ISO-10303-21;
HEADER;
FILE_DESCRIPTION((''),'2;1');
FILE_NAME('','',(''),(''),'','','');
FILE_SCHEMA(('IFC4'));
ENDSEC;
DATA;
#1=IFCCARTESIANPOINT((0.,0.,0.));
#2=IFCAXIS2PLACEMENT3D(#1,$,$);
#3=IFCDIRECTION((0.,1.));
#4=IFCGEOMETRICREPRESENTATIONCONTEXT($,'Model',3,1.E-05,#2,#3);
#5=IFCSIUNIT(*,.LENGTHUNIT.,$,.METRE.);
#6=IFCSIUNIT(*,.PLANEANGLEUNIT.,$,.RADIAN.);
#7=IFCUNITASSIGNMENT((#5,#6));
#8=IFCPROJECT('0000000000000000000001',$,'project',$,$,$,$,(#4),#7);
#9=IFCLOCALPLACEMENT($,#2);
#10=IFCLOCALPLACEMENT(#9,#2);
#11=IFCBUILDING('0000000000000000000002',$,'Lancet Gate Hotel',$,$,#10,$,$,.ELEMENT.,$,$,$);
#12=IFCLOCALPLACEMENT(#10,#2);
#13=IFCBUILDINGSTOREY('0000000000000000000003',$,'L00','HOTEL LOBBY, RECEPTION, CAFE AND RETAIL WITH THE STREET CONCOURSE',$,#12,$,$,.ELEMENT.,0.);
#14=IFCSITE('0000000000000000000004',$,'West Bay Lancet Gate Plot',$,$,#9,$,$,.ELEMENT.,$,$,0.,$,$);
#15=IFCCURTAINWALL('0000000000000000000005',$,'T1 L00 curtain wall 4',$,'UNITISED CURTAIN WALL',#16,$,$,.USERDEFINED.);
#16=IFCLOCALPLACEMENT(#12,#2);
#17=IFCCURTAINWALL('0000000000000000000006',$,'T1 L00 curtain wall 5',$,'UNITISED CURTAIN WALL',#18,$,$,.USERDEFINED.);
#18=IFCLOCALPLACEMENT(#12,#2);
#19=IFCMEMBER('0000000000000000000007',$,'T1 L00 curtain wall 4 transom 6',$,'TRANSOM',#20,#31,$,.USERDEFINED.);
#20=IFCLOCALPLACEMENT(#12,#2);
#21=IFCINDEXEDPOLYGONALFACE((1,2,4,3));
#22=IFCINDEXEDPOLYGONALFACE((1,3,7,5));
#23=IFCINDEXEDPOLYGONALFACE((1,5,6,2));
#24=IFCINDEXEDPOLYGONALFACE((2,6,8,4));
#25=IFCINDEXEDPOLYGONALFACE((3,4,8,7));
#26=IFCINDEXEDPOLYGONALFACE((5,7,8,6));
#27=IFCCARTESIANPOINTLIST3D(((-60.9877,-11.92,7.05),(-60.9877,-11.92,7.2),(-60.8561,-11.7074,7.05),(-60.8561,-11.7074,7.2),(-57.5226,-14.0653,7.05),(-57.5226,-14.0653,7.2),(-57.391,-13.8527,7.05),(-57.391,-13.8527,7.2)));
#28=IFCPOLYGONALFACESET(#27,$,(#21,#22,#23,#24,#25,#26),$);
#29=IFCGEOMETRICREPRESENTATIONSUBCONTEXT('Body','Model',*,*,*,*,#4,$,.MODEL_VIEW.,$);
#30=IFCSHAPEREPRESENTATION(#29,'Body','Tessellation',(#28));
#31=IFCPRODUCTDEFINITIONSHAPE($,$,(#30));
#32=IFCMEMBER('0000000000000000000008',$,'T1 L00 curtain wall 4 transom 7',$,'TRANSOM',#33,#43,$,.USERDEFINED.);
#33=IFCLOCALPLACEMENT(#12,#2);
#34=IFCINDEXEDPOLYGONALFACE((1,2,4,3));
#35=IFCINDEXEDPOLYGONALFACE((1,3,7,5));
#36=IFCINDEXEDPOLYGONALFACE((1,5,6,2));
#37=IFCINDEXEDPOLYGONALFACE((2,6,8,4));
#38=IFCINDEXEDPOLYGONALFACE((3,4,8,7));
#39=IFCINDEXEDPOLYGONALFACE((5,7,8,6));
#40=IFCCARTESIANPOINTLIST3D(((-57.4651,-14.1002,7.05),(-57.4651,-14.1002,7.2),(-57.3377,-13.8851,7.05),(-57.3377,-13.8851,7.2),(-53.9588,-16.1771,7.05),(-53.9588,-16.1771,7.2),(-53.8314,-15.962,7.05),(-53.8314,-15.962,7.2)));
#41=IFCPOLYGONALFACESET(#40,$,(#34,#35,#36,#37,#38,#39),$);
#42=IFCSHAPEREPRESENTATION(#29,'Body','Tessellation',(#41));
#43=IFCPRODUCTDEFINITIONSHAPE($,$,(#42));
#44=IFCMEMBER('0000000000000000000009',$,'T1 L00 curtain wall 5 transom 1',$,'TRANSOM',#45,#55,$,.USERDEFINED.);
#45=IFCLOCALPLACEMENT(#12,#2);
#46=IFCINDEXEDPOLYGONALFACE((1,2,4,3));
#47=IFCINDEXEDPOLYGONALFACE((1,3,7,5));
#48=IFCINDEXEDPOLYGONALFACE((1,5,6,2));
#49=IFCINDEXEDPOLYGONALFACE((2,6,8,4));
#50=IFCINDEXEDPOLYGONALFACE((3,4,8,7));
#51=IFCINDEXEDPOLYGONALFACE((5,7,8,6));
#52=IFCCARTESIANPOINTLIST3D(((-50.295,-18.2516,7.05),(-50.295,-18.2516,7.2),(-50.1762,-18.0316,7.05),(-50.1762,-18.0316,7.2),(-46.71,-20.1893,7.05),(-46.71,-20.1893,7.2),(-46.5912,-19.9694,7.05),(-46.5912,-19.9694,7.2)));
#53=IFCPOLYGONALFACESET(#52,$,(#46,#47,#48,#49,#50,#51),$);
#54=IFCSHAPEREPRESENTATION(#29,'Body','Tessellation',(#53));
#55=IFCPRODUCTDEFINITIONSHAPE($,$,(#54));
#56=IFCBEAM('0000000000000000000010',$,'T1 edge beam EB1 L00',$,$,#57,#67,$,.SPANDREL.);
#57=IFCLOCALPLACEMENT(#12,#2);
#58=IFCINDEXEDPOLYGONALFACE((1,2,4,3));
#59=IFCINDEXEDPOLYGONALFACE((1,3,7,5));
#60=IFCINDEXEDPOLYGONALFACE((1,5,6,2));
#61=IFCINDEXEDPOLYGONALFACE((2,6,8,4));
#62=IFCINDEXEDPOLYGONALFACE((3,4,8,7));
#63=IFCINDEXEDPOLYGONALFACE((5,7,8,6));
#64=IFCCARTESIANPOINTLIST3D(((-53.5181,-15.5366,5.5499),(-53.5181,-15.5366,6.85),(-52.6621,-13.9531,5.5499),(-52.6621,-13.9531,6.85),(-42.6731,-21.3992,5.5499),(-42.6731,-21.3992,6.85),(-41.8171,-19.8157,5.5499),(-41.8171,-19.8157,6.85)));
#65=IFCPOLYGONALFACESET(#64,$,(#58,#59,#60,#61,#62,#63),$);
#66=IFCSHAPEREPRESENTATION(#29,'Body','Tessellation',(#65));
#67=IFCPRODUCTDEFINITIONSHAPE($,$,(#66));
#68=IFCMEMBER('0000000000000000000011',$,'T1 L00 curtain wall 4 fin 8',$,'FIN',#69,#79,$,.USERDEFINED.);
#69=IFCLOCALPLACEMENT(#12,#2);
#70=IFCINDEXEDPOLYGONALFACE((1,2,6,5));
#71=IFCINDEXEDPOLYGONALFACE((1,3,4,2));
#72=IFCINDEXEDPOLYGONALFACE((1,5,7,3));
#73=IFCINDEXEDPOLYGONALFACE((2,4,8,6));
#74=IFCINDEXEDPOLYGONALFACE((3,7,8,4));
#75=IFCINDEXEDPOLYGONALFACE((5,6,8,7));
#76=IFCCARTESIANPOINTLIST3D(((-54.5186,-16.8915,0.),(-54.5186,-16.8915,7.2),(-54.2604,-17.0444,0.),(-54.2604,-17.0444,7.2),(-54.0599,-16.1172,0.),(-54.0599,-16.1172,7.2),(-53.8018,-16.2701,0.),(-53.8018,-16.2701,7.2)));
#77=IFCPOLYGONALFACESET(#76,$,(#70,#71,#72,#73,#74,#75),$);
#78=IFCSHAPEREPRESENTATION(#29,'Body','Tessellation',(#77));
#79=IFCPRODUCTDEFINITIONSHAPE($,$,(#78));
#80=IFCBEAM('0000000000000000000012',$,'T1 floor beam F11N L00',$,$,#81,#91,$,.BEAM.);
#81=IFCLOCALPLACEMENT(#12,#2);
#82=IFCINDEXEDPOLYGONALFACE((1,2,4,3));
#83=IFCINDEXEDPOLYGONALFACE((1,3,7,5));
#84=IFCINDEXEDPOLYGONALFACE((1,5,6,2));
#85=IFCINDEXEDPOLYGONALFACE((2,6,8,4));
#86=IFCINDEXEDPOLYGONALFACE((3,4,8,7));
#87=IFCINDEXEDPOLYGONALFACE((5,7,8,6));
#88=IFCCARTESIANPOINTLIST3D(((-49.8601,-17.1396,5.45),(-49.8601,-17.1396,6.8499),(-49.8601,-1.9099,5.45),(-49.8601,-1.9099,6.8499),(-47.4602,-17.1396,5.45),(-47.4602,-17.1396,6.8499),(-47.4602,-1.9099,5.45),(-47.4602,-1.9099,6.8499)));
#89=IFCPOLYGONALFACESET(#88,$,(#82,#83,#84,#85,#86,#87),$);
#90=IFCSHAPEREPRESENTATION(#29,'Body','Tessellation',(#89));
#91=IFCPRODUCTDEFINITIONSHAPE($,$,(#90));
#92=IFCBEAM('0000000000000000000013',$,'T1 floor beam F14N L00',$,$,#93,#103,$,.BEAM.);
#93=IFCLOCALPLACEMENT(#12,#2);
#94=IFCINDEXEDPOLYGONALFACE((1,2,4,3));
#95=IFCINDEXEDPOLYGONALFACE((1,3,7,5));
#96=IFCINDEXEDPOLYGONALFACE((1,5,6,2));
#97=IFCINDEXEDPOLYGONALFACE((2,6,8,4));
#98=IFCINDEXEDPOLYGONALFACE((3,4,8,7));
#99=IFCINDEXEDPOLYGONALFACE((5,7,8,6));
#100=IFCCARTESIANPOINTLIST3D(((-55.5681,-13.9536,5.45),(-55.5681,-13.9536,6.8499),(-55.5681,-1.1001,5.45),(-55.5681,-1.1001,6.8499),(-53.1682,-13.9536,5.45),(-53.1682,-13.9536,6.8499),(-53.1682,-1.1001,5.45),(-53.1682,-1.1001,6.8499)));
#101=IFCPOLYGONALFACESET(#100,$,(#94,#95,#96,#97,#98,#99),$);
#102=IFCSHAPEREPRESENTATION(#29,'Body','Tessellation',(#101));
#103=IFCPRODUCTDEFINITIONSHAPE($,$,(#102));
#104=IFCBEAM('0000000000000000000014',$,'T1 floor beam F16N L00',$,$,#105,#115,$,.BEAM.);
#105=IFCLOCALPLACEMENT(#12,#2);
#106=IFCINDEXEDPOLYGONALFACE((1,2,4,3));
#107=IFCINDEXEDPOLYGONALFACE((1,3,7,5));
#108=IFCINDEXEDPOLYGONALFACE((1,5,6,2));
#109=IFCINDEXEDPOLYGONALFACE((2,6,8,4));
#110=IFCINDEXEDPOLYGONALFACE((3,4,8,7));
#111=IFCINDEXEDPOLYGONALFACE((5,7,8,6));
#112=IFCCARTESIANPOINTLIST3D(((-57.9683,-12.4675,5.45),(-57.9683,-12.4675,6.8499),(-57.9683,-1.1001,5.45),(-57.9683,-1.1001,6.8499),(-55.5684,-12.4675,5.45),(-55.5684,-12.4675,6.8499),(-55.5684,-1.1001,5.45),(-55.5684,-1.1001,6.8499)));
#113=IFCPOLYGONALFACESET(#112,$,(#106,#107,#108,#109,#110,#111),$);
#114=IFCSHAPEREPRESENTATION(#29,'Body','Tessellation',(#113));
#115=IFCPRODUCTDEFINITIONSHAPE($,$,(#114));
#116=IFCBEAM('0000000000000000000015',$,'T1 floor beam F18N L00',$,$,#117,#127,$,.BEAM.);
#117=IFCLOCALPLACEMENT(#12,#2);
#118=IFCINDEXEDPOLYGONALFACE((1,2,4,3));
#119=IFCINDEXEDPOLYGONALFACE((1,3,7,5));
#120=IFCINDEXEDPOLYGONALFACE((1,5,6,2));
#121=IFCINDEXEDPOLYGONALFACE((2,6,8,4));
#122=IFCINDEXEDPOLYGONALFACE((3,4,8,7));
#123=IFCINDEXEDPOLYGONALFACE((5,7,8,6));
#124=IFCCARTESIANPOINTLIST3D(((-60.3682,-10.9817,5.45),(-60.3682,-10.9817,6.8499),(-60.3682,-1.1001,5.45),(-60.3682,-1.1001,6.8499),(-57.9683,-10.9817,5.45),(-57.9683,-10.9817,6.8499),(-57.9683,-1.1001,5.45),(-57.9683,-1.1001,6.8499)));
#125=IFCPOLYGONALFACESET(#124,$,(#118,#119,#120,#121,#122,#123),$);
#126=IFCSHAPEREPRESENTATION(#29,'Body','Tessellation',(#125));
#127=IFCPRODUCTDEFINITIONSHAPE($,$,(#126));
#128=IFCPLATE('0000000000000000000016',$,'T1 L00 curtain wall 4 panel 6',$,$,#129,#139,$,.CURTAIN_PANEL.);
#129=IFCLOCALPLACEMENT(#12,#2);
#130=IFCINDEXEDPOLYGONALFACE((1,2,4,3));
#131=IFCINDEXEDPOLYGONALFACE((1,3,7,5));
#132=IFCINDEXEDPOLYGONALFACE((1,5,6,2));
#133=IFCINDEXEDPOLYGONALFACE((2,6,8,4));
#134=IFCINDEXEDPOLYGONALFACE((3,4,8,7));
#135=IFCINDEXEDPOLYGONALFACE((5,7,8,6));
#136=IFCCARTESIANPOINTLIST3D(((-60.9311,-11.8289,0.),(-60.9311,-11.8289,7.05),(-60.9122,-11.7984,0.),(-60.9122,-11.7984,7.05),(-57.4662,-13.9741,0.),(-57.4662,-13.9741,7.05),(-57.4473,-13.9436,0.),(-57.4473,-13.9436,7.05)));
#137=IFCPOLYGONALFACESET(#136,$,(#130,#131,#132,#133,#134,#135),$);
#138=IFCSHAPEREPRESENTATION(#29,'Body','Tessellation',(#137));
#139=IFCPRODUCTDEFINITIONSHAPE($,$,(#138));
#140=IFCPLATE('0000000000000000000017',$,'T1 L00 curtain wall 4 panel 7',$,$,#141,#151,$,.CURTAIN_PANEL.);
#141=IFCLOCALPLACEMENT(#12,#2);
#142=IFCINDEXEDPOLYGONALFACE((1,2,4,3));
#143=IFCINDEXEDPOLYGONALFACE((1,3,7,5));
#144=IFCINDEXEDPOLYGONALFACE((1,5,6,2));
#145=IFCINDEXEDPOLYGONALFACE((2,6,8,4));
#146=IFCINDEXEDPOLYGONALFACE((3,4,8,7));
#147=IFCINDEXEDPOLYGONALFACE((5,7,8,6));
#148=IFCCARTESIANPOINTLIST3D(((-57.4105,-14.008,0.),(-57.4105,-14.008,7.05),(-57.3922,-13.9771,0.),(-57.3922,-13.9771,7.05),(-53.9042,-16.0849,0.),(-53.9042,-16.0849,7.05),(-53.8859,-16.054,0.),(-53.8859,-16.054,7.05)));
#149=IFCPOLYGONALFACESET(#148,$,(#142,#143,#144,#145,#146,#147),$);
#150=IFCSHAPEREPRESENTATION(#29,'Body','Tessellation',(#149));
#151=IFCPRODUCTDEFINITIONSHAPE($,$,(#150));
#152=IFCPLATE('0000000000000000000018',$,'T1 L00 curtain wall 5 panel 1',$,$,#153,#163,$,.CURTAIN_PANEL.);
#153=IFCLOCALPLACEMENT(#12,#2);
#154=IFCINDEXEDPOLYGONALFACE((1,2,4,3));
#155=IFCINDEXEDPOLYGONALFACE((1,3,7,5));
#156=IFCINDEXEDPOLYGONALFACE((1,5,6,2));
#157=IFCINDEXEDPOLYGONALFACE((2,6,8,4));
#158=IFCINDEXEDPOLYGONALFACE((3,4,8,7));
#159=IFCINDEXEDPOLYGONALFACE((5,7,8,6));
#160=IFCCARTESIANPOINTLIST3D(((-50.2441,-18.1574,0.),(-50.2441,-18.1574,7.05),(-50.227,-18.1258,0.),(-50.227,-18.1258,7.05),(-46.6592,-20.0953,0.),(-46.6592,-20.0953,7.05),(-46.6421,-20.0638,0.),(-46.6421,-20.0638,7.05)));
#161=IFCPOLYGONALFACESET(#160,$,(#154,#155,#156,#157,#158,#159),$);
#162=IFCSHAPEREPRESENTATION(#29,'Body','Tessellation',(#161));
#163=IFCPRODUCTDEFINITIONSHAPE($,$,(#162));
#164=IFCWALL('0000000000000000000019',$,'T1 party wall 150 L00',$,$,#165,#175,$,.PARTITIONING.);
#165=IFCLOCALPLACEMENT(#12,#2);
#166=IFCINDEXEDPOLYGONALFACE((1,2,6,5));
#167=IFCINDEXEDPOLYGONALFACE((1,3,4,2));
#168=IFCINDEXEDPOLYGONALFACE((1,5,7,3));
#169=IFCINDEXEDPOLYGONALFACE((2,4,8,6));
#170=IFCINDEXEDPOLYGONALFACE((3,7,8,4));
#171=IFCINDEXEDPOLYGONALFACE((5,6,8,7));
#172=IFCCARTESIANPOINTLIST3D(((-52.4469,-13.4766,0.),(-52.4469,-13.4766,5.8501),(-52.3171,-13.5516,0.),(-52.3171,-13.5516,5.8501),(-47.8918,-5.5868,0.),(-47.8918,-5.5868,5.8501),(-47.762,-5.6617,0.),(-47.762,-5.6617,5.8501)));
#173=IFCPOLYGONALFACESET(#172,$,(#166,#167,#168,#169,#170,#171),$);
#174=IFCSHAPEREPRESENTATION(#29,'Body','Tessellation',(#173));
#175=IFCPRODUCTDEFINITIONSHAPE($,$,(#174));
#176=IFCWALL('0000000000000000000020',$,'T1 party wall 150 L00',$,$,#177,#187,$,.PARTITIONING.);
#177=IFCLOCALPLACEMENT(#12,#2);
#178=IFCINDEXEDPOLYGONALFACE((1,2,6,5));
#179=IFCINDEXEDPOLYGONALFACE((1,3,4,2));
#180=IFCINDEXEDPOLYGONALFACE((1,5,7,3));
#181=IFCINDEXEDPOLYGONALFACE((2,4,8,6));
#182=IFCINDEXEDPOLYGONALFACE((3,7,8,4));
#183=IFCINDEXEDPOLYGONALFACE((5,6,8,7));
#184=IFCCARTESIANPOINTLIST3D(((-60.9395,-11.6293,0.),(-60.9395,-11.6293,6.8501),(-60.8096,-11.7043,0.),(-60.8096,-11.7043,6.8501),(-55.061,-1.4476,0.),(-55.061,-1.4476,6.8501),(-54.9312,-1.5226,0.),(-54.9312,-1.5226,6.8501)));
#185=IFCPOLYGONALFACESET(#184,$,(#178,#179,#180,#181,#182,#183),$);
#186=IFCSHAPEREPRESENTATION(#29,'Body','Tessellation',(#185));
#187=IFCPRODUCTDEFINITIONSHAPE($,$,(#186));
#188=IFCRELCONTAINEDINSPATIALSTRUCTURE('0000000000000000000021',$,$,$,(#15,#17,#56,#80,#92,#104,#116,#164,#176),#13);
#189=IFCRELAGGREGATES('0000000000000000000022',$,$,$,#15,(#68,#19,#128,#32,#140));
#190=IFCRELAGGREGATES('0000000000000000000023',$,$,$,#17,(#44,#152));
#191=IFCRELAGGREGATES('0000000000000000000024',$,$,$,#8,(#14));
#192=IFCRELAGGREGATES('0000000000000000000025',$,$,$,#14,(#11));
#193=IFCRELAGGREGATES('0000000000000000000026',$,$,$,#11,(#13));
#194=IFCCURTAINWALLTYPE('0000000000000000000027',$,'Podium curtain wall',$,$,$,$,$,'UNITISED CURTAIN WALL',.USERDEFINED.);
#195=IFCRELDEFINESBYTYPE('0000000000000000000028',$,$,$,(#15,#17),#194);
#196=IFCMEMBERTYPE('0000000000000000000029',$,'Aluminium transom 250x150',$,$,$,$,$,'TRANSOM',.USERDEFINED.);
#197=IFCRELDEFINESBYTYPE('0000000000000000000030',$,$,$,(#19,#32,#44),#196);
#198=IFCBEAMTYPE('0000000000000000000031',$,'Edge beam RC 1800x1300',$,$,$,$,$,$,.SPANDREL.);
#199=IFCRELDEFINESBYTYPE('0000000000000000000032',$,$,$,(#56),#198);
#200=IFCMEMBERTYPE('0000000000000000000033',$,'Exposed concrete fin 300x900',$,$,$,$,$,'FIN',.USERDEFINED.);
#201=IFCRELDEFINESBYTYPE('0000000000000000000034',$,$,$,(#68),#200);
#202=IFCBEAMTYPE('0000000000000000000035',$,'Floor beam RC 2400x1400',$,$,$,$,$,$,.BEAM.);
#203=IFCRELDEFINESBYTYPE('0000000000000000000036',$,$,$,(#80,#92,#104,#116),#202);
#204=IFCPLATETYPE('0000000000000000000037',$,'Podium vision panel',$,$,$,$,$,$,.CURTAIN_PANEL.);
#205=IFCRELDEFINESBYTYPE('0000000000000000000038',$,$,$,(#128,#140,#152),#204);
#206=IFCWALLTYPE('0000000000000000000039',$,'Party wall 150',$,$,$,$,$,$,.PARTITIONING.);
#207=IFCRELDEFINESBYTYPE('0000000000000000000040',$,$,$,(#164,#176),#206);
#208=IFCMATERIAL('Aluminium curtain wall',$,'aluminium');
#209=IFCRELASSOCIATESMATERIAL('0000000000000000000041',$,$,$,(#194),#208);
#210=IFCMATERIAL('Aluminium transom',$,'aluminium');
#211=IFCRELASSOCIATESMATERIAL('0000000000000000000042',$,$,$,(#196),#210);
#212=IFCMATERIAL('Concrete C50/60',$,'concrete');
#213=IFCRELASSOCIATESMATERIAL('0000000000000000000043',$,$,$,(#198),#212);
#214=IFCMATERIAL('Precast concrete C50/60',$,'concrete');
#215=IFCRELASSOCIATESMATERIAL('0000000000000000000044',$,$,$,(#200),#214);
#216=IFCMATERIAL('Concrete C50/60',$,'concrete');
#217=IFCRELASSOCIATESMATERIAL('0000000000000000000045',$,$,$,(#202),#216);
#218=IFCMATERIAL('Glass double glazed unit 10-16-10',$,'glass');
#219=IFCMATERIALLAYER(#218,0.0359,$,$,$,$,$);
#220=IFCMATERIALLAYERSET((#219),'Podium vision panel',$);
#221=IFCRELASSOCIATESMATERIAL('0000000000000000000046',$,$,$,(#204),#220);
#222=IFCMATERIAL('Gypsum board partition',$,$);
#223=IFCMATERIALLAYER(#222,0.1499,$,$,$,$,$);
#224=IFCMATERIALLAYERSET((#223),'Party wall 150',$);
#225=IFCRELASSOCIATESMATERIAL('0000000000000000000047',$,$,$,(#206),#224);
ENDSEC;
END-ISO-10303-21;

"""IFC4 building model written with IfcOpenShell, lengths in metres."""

from ifc_helpers import new_model, si_unit, direction, frame, frame_2d, origin, origin_2d, place, context, subcontext, project, spatial, rectangle, extrude, material, layer, layer_set, material_profile, profile_set, type_object, element, aggregate, save


model = new_model("IFC4")

# Units and contexts
model_context = context("Model", 3, precision=1e-05, world=origin(), true_north=direction((0.0, 1.0)))
body_context = subcontext(model_context, "Body", "Model", "MODEL_VIEW")
ifc_project = project(units=[si_unit("LENGTHUNIT", "METRE"), si_unit("PLANEANGLEUNIT", "RADIAN")], contexts=[model_context])

# Site, building, storey
site_placement = place(None, origin())
site = spatial("IfcSite", under=ifc_project, at=site_placement, Name="West Bay Lancet Gate Plot", CompositionType="ELEMENT", RefElevation=0.0)
building_placement = place(site_placement, origin())
building = spatial("IfcBuilding", under=site, at=building_placement, Name="Lancet Gate Hotel", CompositionType="ELEMENT")
storey_placement = place(building_placement, origin())
storey = spatial("IfcBuildingStorey", under=building, at=storey_placement, Name="L00", Description="HOTEL LOBBY, RECEPTION, CAFE AND RETAIL WITH THE STREET CONCOURSE", CompositionType="ELEMENT", Elevation=0.0)

# Curtain wall
ifc_material_1 = material(Name="Aluminium curtain wall", Category="aluminium")
curtain_wall_type = type_object("IfcCurtainWallType", Name="Podium curtain wall", ElementType="UNITISED CURTAIN WALL", PredefinedType="USERDEFINED", material=ifc_material_1)
curtain_wall_1_placement = place(storey_placement, origin())
curtain_wall_1 = element("IfcCurtainWall", 1, at=curtain_wall_1_placement, inside=storey, type_object=curtain_wall_type, Name="T1 L00 curtain wall 4", ObjectType="UNITISED CURTAIN WALL", PredefinedType="USERDEFINED")

# Curtain wall
curtain_wall_2_placement = place(storey_placement, origin())
curtain_wall_2 = element("IfcCurtainWall", 2, at=curtain_wall_2_placement, inside=storey, type_object=curtain_wall_type, Name="T1 L00 curtain wall 5", ObjectType="UNITISED CURTAIN WALL", PredefinedType="USERDEFINED")

# Members
ifc_material_2 = material(Name="Aluminium transom", Category="aluminium")
ifc_material_profile_1 = material_profile(ifc_material_2, rectangle(XDim=0.25, YDim=0.1499, at=origin_2d()), Name="TRANSOM 250x150")
ifc_profile_set_1 = profile_set([ifc_material_profile_1], Name="Aluminium transom")
member_type_1 = type_object("IfcMemberType", Name="Aluminium transom 250x150", ElementType="TRANSOM", PredefinedType="USERDEFINED", material=ifc_profile_set_1)
member_1_placement = place(storey_placement, frame((-60.9219, -11.8137, 7.125), z_axis=(0.850242, -0.526392, 0.0), x_axis=(0.526392, 0.850242, 0.0)))
member_1 = element("IfcMember", 3, at=member_1_placement, type_object=member_type_1, Name="T1 L00 curtain wall 4 transom 6", ObjectType="TRANSOM", PredefinedType="USERDEFINED", context=body_context, shape_type="SweptSolid", body=[
    extrude(rectangle(XDim=0.25, YDim=0.1499, at=origin_2d()), origin(), (0.0, 0.0, 1.0), 4.0754),
])
member_2_placement = place(storey_placement, frame((-57.4014, -13.9927, 7.125), z_axis=(0.860392, -0.509633, 0.0), x_axis=(0.509633, 0.860392, 0.0)))
member_2 = element("IfcMember", 4, at=member_2_placement, type_object=member_type_1, Name="T1 L00 curtain wall 4 transom 7", ObjectType="TRANSOM", PredefinedType="USERDEFINED", context=body_context, shape_type="SweptSolid", body=[
    extrude(rectangle(XDim=0.25, YDim=0.1499, at=origin_2d()), origin(), (0.0, 0.0, 1.0), 4.0752),
])
member_3_placement = place(storey_placement, frame((-50.2356, -18.1416, 7.125), z_axis=(0.879714, -0.475503, 0.0), x_axis=(0.475503, 0.879714, 0.0)))
member_3 = element("IfcMember", 5, at=member_3_placement, type_object=member_type_1, Name="T1 L00 curtain wall 5 transom 1", ObjectType="TRANSOM", PredefinedType="USERDEFINED", context=body_context, shape_type="SweptSolid", body=[
    extrude(rectangle(XDim=0.25, YDim=0.1499, at=origin_2d()), origin(), (0.0, 0.0, 1.0), 4.0752),
])

# Beam
ifc_material_3 = material(Name="Concrete C50/60", Category="concrete")
ifc_material_profile_2 = material_profile(ifc_material_3, rectangle(XDim=1.8, YDim=1.3, at=origin_2d()), Name="RC 1800x1300")
ifc_profile_set_2 = profile_set([ifc_material_profile_2], Name="Concrete C50/60")
beam_type_1 = type_object("IfcBeamType", Name="Edge beam RC 1800x1300", PredefinedType="SPANDREL", material=ifc_profile_set_2)
beam_1_placement = place(storey_placement, frame((-53.0901, -14.7449, 6.2), z_axis=(0.879693, -0.475542, 0.0), x_axis=(0.475542, 0.879693, 0.0)))
element("IfcBeam", 6, at=beam_1_placement, inside=storey, type_object=beam_type_1, Name="T1 edge beam EB1 L00", PredefinedType="SPANDREL", context=body_context, shape_type="SweptSolid", body=[
    extrude(rectangle(XDim=1.8, YDim=1.3, at=origin_2d()), origin(), (0.0, 0.0, 1.0), 12.3281),
])

# Member
ifc_material_4 = material(Name="Precast concrete C50/60", Category="concrete")
ifc_material_profile_3 = material_profile(ifc_material_4, rectangle(XDim=0.3, YDim=0.8999, at=origin_2d()), Name="FIN 300x900")
ifc_profile_set_3 = profile_set([ifc_material_profile_3], Name="Precast concrete C50/60")
member_type_2 = type_object("IfcMemberType", Name="Exposed concrete fin 300x900", ElementType="FIN", PredefinedType="USERDEFINED", material=ifc_profile_set_3)
member_4_placement = place(storey_placement, frame((-54.1602, -16.5808, 0.0), z_axis=(0.0, 0.0, 1.0), x_axis=(0.860382, -0.50965, 0.0)))
member_4 = element("IfcMember", 7, at=member_4_placement, type_object=member_type_2, Name="T1 L00 curtain wall 4 fin 8", ObjectType="FIN", PredefinedType="USERDEFINED", context=body_context, shape_type="SweptSolid", body=[
    extrude(rectangle(XDim=0.3, YDim=0.8999, at=origin_2d()), origin(), (0.0, 0.0, 1.0), 7.2),
])

# Beams
ifc_material_5 = material(Name="Concrete C50/60", Category="concrete")
ifc_material_profile_4 = material_profile(ifc_material_5, rectangle(XDim=2.3999, YDim=1.3999, at=origin_2d()), Name="RC 2400x1400")
ifc_profile_set_4 = profile_set([ifc_material_profile_4], Name="Concrete C50/60")
beam_type_2 = type_object("IfcBeamType", Name="Floor beam RC 2400x1400", PredefinedType="BEAM", material=ifc_profile_set_4)
beam_2_placement = place(storey_placement, frame((-48.6602, -1.9099, 6.1499), z_axis=(0.0, -1.0, 0.0), x_axis=(1.0, 0.0, 0.0)))
element("IfcBeam", 8, at=beam_2_placement, inside=storey, type_object=beam_type_2, Name="T1 floor beam F11N L00", PredefinedType="BEAM", context=body_context, shape_type="SweptSolid", body=[
    extrude(rectangle(XDim=2.3999, YDim=1.3999, at=origin_2d()), origin(), (0.0, 0.0, 1.0), 15.2297),
])
beam_3_placement = place(storey_placement, frame((-54.3682, -1.1001, 6.1499), z_axis=(0.0, -1.0, 0.0), x_axis=(1.0, 0.0, 0.0)))
element("IfcBeam", 9, at=beam_3_placement, inside=storey, type_object=beam_type_2, Name="T1 floor beam F14N L00", PredefinedType="BEAM", context=body_context, shape_type="SweptSolid", body=[
    extrude(rectangle(XDim=2.3999, YDim=1.3999, at=origin_2d()), origin(), (0.0, 0.0, 1.0), 12.8535),
])
beam_4_placement = place(storey_placement, frame((-56.7683, -1.1001, 6.1499), z_axis=(0.0, -1.0, 0.0), x_axis=(1.0, 0.0, 0.0)))
element("IfcBeam", 10, at=beam_4_placement, inside=storey, type_object=beam_type_2, Name="T1 floor beam F16N L00", PredefinedType="BEAM", context=body_context, shape_type="SweptSolid", body=[
    extrude(rectangle(XDim=2.3999, YDim=1.3999, at=origin_2d()), origin(), (0.0, 0.0, 1.0), 11.3674),
])
beam_5_placement = place(storey_placement, frame((-59.1682, -1.1001, 6.1499), z_axis=(0.0, -1.0, 0.0), x_axis=(1.0, 0.0, 0.0)))
element("IfcBeam", 11, at=beam_5_placement, inside=storey, type_object=beam_type_2, Name="T1 floor beam F18N L00", PredefinedType="BEAM", context=body_context, shape_type="SweptSolid", body=[
    extrude(rectangle(XDim=2.3999, YDim=1.3999, at=origin_2d()), origin(), (0.0, 0.0, 1.0), 9.8816),
])

# Plates
ifc_material_6 = material(Name="Glass double glazed unit 10-16-10", Category="glass")
ifc_layer_1 = layer(ifc_material_6, 0.0359)
ifc_layer_set_1 = layer_set([ifc_layer_1], Name="Podium vision panel")
plate_type = type_object("IfcPlateType", Name="Podium vision panel", PredefinedType="CURTAIN_PANEL", material=ifc_layer_set_1)
plate_1_placement = place(storey_placement, frame((-59.1892, -12.8862, 0.0), z_axis=(0.0, 0.0, 1.0), x_axis=(0.850229, -0.526414, 0.0)))
plate_1 = element("IfcPlate", 12, at=plate_1_placement, type_object=plate_type, Name="T1 L00 curtain wall 4 panel 6", PredefinedType="CURTAIN_PANEL", context=body_context, shape_type="SweptSolid", body=[
    extrude(rectangle(XDim=4.0752, YDim=0.0359, at=origin_2d()), origin(), (0.0, 0.0, 1.0), 7.05),
])
plate_2_placement = place(storey_placement, frame((-55.6482, -15.031, 0.0), z_axis=(0.0, 0.0, 1.0), x_axis=(0.860382, -0.50965, 0.0)))
plate_2 = element("IfcPlate", 13, at=plate_2_placement, type_object=plate_type, Name="T1 L00 curtain wall 4 panel 7", PredefinedType="CURTAIN_PANEL", context=body_context, shape_type="SweptSolid", body=[
    extrude(rectangle(XDim=4.0752, YDim=0.0359, at=origin_2d()), origin(), (0.0, 0.0, 1.0), 7.05),
])
aggregate(curtain_wall_1, [member_4, member_1, plate_1, member_2, plate_2])
plate_3_placement = place(storey_placement, frame((-48.4431, -19.1106, 0.0), z_axis=(0.0, 0.0, 1.0), x_axis=(0.879693, -0.475541, 0.0)))
plate_3 = element("IfcPlate", 14, at=plate_3_placement, type_object=plate_type, Name="T1 L00 curtain wall 5 panel 1", PredefinedType="CURTAIN_PANEL", context=body_context, shape_type="SweptSolid", body=[
    extrude(rectangle(XDim=4.0752, YDim=0.0359, at=origin_2d()), origin(), (0.0, 0.0, 1.0), 7.05),
])
aggregate(curtain_wall_2, [member_3, plate_3])

# Walls
ifc_material_7 = material(Name="Gypsum board partition")
ifc_layer_2 = layer(ifc_material_7, 0.1499)
ifc_layer_set_2 = layer_set([ifc_layer_2], Name="Party wall 150")
wall_type_1 = type_object("IfcWallType", Name="Party wall 150", PredefinedType="PARTITIONING", material=ifc_layer_set_2)
wall_1_placement = place(storey_placement, frame((-47.8269, -5.6243, 0.0), z_axis=(0.0, 0.0, 1.0), x_axis=(-0.499995, -0.866028, 0.0)))
element("IfcWall", 15, at=wall_1_placement, inside=storey, type_object=wall_type_1, Name="T1 party wall 150 L00", PredefinedType="PARTITIONING", context=body_context, shape_type="SweptSolid", body=[
    extrude(rectangle(XDim=9.1104, YDim=0.1499, at=frame_2d((4.5552, 0.0))), origin(), (0.0, 0.0, 1.0), 5.8501),
])
wall_2_placement = place(storey_placement, frame((-54.9961, -1.4851, 0.0), z_axis=(0.0, 0.0, 1.0), x_axis=(-0.500003, -0.866024, 0.0)))
element("IfcWall", 16, at=wall_2_placement, inside=storey, type_object=wall_type_1, Name="T1 party wall 150 L00", PredefinedType="PARTITIONING", context=body_context, shape_type="SweptSolid", body=[
    extrude(rectangle(XDim=11.7568, YDim=0.1499, at=frame_2d((5.8784, 0.0))), origin(), (0.0, 0.0, 1.0), 6.8501),
])

save(model, "model.ifc")
